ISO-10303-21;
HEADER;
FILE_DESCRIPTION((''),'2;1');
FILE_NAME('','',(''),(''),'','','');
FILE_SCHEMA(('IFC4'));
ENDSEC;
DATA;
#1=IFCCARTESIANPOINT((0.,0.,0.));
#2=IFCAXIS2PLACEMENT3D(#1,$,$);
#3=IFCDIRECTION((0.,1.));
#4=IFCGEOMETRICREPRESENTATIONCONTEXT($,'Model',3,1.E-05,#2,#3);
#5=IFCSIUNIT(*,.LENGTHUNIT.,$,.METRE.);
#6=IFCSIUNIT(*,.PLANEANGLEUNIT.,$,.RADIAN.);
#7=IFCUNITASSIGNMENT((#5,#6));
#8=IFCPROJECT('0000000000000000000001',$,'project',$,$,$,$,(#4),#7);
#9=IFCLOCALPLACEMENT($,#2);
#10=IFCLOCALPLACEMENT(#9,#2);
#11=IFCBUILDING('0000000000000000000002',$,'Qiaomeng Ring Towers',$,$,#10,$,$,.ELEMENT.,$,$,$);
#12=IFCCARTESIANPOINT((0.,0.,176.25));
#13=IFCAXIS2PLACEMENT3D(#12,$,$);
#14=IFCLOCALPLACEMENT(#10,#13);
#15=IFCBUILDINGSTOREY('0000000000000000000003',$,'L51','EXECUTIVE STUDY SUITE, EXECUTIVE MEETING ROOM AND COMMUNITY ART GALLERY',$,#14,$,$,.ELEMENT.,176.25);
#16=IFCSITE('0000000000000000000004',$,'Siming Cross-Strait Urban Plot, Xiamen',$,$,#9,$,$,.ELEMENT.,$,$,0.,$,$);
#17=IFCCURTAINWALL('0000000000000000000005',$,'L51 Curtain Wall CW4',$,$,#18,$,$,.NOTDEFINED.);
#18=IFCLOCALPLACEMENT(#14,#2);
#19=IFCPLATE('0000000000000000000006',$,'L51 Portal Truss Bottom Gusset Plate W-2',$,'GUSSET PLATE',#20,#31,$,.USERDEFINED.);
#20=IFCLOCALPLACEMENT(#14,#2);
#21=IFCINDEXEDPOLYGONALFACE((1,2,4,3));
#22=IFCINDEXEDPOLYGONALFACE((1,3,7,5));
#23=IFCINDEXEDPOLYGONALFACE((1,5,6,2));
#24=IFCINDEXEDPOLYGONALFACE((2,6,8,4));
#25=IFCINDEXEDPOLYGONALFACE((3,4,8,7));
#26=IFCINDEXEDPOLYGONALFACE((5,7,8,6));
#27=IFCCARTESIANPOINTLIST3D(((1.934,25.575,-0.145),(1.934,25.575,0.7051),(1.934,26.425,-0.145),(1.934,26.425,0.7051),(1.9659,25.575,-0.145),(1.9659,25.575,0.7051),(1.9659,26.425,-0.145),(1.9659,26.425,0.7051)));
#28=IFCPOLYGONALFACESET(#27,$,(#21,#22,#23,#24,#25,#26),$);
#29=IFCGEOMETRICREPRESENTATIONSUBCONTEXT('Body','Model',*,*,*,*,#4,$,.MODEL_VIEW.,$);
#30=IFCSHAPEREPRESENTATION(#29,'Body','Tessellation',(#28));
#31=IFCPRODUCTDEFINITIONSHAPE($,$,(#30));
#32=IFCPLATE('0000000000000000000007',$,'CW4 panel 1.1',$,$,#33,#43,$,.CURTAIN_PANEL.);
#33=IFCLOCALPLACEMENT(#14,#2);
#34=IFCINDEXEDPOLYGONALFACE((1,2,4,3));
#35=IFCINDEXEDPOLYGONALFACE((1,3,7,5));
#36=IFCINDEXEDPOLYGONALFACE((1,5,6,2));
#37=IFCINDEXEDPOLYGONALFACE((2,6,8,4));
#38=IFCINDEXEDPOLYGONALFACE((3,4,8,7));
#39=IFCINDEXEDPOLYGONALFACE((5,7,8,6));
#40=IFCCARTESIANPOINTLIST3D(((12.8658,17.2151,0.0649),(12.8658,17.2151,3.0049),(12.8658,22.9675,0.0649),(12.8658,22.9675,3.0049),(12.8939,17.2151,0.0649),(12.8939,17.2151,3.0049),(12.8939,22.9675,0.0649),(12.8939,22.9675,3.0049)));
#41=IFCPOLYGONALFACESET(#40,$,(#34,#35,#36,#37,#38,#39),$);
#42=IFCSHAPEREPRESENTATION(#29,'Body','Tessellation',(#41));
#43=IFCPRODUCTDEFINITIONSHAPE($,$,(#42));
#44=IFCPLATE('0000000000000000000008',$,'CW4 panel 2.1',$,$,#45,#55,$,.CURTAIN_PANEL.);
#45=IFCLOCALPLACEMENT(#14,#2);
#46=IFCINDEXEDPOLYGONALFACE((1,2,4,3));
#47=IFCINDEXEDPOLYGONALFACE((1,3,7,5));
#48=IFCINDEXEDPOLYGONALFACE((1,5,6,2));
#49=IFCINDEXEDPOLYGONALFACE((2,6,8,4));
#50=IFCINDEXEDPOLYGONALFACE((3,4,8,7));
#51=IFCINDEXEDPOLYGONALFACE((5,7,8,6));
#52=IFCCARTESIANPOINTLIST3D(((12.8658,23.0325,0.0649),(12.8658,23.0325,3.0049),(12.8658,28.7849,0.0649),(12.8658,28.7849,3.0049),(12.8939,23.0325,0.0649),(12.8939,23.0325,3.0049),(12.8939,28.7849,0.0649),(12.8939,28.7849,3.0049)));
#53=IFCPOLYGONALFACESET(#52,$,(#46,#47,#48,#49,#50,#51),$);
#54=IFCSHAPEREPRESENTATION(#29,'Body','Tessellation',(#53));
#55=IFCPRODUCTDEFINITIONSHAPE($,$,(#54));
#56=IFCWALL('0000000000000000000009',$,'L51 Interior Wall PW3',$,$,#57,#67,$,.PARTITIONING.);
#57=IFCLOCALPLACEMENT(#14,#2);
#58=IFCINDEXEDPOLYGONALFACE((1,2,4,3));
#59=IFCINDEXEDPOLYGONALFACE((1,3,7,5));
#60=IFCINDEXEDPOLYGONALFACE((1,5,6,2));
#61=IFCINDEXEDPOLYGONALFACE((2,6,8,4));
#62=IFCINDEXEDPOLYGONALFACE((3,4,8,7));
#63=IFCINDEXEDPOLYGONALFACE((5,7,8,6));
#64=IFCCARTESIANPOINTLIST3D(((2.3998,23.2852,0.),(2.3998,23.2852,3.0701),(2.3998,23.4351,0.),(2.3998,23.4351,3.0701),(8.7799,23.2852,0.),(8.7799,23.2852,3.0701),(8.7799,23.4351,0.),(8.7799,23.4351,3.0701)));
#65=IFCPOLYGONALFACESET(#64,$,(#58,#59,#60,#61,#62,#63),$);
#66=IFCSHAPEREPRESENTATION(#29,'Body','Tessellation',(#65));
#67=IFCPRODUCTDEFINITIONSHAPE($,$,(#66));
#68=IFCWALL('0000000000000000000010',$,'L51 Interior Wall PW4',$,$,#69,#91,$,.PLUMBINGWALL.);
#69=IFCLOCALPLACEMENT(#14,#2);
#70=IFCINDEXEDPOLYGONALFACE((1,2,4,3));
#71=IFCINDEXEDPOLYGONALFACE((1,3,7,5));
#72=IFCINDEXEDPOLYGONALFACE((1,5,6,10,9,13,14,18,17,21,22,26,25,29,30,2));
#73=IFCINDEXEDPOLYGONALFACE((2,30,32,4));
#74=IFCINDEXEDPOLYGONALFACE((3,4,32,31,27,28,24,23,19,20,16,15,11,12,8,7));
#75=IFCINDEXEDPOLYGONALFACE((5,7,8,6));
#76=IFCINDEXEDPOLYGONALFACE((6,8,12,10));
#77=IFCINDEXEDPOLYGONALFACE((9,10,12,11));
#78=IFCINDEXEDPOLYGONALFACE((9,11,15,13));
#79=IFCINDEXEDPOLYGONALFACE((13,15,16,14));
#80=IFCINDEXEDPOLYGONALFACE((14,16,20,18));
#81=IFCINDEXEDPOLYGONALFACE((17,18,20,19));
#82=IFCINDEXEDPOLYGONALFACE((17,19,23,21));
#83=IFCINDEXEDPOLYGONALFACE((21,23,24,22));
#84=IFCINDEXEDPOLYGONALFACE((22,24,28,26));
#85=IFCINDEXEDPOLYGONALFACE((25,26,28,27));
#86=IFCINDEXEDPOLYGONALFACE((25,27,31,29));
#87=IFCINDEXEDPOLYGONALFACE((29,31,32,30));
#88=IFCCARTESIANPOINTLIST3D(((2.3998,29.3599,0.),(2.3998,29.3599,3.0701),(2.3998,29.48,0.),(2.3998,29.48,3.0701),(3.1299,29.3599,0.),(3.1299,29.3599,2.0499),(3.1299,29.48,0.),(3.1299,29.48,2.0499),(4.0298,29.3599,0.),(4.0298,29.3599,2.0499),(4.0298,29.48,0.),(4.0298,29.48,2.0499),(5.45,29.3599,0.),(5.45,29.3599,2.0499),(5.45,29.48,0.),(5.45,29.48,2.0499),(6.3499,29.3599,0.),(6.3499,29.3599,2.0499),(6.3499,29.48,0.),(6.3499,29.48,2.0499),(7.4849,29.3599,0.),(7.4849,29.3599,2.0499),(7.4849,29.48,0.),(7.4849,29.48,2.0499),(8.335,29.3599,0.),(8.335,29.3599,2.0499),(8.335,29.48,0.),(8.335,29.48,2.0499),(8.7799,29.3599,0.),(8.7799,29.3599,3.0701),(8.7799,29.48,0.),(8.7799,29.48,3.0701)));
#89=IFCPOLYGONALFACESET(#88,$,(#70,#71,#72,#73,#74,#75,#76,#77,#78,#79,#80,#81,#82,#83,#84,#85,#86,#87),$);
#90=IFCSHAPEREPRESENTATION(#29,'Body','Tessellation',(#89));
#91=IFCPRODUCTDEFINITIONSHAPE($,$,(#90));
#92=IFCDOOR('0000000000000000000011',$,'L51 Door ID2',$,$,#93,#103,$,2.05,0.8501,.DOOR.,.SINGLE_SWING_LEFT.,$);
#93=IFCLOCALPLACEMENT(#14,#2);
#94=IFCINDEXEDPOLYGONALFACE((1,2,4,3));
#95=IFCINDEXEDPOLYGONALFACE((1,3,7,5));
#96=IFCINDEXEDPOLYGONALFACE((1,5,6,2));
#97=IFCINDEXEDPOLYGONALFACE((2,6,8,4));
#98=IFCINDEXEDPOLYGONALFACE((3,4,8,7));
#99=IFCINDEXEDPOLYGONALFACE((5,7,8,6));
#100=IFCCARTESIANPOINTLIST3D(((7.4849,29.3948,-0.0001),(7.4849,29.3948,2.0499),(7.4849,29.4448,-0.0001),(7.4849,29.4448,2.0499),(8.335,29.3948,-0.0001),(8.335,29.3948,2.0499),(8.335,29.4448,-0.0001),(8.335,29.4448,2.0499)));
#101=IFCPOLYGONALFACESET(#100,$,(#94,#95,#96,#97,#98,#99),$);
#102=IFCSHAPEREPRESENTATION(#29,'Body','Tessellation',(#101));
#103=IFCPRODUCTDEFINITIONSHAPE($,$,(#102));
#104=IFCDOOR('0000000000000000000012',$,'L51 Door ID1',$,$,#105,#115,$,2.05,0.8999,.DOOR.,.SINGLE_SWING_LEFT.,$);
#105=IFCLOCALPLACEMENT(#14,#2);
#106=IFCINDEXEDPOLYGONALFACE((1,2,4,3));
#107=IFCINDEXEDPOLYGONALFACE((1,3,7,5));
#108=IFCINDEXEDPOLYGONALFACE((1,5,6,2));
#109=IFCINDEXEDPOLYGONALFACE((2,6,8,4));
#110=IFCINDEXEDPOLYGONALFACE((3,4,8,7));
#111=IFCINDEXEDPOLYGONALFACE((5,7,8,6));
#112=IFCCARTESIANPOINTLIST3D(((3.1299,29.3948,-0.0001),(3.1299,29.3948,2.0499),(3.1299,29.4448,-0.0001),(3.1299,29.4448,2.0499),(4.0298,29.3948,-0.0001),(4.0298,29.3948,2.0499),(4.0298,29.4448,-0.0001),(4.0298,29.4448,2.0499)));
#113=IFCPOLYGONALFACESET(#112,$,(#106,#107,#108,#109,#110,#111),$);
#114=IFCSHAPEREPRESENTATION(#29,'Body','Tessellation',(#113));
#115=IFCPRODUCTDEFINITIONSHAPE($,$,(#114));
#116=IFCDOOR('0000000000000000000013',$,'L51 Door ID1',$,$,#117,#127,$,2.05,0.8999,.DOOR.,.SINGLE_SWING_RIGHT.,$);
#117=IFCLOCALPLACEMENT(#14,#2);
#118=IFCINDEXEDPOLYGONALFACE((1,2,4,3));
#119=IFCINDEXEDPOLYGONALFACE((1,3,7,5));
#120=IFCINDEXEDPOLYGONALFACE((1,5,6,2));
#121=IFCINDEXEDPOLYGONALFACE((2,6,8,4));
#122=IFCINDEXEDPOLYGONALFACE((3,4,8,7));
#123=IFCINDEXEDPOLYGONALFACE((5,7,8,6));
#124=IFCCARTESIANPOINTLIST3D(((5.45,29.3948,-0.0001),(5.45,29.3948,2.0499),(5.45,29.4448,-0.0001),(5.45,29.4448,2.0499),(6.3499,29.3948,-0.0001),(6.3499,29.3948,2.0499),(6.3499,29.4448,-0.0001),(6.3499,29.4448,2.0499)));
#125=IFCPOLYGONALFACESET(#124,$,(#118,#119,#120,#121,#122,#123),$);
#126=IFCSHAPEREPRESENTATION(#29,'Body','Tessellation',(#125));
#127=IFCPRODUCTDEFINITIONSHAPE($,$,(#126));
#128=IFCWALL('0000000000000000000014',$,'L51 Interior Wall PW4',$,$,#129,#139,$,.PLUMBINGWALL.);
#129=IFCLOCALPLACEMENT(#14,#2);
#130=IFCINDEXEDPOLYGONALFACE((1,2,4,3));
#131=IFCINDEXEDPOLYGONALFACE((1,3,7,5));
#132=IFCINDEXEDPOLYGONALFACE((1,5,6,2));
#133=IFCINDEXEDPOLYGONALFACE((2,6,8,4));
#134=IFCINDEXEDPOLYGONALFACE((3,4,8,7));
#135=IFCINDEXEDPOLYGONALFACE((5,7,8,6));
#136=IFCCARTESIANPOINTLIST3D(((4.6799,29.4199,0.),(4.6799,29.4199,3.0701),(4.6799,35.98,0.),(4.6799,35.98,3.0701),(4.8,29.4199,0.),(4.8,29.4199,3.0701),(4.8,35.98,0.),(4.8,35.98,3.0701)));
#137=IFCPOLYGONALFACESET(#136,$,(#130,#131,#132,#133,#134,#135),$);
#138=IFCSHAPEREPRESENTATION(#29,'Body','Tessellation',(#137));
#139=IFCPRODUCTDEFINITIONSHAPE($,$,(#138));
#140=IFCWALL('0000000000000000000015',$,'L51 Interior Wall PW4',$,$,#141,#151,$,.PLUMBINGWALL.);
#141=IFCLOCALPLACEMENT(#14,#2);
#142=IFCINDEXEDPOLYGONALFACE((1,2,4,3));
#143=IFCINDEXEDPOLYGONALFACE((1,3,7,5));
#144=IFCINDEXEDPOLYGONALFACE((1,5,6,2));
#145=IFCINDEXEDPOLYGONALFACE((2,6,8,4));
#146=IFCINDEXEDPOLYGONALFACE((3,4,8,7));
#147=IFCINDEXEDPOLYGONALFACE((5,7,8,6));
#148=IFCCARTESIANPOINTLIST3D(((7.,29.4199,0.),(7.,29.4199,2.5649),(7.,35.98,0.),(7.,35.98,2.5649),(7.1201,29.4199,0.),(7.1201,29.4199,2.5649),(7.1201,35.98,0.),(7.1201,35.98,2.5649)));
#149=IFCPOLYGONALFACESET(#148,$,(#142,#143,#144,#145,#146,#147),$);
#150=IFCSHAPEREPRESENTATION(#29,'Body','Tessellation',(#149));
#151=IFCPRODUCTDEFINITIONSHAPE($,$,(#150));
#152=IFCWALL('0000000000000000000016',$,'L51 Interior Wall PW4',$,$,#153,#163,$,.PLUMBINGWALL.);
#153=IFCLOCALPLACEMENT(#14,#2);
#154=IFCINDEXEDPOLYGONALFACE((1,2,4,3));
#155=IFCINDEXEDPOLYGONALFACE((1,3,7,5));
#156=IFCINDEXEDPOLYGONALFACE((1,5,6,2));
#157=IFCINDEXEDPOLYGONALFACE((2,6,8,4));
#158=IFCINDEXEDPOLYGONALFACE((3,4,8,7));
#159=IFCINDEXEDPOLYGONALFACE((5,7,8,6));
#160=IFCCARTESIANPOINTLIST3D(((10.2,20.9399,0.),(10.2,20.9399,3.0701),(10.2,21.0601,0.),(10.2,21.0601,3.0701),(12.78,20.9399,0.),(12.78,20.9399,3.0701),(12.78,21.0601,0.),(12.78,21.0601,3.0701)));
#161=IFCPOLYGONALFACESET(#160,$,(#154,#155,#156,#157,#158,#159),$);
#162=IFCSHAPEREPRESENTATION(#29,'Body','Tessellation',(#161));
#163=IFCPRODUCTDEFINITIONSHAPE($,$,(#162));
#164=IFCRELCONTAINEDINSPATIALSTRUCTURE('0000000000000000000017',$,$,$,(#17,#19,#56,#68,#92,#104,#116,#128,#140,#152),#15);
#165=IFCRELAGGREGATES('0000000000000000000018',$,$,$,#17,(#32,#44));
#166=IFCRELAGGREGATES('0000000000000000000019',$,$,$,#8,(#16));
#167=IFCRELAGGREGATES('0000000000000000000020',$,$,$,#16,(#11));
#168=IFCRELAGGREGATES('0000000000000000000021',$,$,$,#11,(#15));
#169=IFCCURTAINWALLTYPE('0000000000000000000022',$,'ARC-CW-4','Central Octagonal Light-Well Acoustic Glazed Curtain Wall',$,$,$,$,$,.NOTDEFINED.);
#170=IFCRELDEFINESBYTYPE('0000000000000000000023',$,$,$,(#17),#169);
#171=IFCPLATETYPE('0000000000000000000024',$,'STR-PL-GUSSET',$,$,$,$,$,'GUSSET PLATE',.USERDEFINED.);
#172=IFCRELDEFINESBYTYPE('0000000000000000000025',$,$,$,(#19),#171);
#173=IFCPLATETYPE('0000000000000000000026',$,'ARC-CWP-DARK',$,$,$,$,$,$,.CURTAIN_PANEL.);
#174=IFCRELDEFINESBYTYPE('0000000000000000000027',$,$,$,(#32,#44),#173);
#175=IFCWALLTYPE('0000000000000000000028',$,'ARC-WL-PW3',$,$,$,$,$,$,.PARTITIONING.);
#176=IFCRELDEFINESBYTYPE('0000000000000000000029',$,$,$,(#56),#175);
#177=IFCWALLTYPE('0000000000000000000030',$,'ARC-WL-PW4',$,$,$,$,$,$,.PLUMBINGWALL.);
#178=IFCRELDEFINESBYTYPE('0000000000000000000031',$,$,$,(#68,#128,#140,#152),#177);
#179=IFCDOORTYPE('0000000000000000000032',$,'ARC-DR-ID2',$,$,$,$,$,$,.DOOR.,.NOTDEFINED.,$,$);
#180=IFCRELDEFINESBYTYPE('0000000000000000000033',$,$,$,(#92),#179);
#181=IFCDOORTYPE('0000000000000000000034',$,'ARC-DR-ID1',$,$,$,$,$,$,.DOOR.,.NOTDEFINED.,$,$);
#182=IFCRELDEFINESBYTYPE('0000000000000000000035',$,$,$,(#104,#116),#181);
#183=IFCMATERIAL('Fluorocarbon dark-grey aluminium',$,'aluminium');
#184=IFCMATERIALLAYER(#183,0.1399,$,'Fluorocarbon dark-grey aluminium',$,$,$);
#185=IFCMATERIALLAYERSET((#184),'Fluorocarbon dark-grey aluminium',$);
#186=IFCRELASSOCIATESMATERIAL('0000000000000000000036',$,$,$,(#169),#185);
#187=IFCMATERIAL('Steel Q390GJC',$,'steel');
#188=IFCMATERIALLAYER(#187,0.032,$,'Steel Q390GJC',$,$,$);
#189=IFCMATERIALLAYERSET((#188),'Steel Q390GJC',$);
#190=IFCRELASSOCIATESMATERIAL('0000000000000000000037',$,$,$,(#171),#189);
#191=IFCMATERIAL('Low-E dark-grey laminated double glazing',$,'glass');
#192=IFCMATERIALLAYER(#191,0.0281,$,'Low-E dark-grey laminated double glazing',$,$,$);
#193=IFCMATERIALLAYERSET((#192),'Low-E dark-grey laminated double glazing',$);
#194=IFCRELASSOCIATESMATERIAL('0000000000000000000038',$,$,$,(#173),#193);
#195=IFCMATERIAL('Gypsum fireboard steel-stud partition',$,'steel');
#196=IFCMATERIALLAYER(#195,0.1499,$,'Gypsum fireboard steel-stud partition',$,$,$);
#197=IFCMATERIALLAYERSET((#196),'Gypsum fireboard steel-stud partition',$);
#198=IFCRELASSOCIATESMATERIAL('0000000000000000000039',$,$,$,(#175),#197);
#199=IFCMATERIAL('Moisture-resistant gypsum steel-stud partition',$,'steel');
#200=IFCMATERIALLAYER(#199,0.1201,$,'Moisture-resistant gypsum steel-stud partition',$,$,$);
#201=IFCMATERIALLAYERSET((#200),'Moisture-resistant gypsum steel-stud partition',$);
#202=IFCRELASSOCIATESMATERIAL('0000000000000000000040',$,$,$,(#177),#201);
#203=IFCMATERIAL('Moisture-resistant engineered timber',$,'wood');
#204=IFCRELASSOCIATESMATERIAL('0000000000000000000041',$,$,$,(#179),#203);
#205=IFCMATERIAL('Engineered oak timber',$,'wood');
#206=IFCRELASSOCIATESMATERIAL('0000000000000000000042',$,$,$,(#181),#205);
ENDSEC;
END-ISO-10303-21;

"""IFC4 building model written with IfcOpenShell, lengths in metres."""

from ifc_helpers import new_model, si_unit, direction, frame, frame_2d, origin, origin_2d, place, context, subcontext, project, spatial, rectangle, extrude, source, transform, mapped, material, layer, layer_set, type_object, element, fill, aggregate, save


model = new_model("IFC4")

# Units and contexts
model_context = context("Model", 3, precision=1e-05, world=origin(), true_north=direction((0.0, 1.0)))
body_context = subcontext(model_context, "Body", "Model", "MODEL_VIEW")
ifc_project = project(units=[si_unit("LENGTHUNIT", "METRE"), si_unit("PLANEANGLEUNIT", "RADIAN")], contexts=[model_context])

# Site, building, storey
site_placement = place(None, origin())
site = spatial("IfcSite", under=ifc_project, at=site_placement, Name="Siming Cross-Strait Urban Plot, Xiamen", CompositionType="ELEMENT", RefElevation=0.0)
building_placement = place(site_placement, origin())
building = spatial("IfcBuilding", under=site, at=building_placement, Name="Qiaomeng Ring Towers", CompositionType="ELEMENT")
storey_placement = place(building_placement, frame((0.0, 0.0, 176.25)))
storey = spatial("IfcBuildingStorey", under=building, at=storey_placement, Name="L51", Description="EXECUTIVE STUDY SUITE, EXECUTIVE MEETING ROOM AND COMMUNITY ART GALLERY", CompositionType="ELEMENT", Elevation=176.25)

# Shared definitions
ifc_material_1 = material(Name="Steel Q390GJC", Category="steel")

# Curtain wall
ifc_material_2 = material(Name="Fluorocarbon dark-grey aluminium", Category="aluminium")
ifc_layer_1 = layer(ifc_material_2, 0.1399, Name="Fluorocarbon dark-grey aluminium")
ifc_layer_set_1 = layer_set([ifc_layer_1], Name="Fluorocarbon dark-grey aluminium")
curtain_wall_type = type_object("IfcCurtainWallType", Name="ARC-CW-4", Description="Central Octagonal Light-Well Acoustic Glazed Curtain Wall", PredefinedType="NOTDEFINED", material=ifc_layer_set_1)
curtain_wall_placement = place(storey_placement, origin())
curtain_wall = element("IfcCurtainWall", 1, at=curtain_wall_placement, inside=storey, type_object=curtain_wall_type, Name="L51 Curtain Wall CW4", PredefinedType="NOTDEFINED")

# Plate
ifc_layer_2 = layer(ifc_material_1, 0.032, Name="Steel Q390GJC")
ifc_layer_set_2 = layer_set([ifc_layer_2], Name="Steel Q390GJC")
plate_type_1 = type_object("IfcPlateType", Name="STR-PL-GUSSET", ElementType="GUSSET PLATE", PredefinedType="USERDEFINED", material=ifc_layer_set_2)
shared_shape_1 = source(origin(), body_context, "Body", "SweptSolid", [
    extrude(rectangle(XDim=0.032, YDim=0.8501, at=origin_2d()), origin(), (0.0, 0.0, 1.0), 0.8501),
])
for number, where, z_axis, x_axis, name in (
    (2, (1.95, 26.0, -0.145), (0.0, 0.0, 1.0), (1.0, 0.0, 0.0), "L51 Portal Truss Bottom Gusset Plate W-2"),
):
    element("IfcPlate", number, at=place(storey_placement, frame(where, z_axis=z_axis, x_axis=x_axis)), inside=storey, type_object=plate_type_1, Name=name, ObjectType="GUSSET PLATE", PredefinedType="USERDEFINED", context=body_context, shape_type="MappedRepresentation", body=[
        mapped(shared_shape_1, transform((0.0, 0.0, 0.0), x_axis=(1.0, 0.0, 0.0), y_axis=(0.0, 1.0, 0.0), z_axis=(0.0, 0.0, 1.0), scale=1.0)),
    ])

# Plates
ifc_material_3 = material(Name="Low-E dark-grey laminated double glazing", Category="glass")
ifc_layer_3 = layer(ifc_material_3, 0.0281, Name="Low-E dark-grey laminated double glazing")
ifc_layer_set_3 = layer_set([ifc_layer_3], Name="Low-E dark-grey laminated double glazing")
plate_type_2 = type_object("IfcPlateType", Name="ARC-CWP-DARK", PredefinedType="CURTAIN_PANEL", material=ifc_layer_set_3)
shared_shape_2 = source(origin(), body_context, "Body", "SweptSolid", [
    extrude(rectangle(XDim=5.7524, YDim=0.0281, at=origin_2d()), origin(), (0.0, 0.0, 1.0), 2.9399),
])
plate_1_placement = place(storey_placement, frame((12.8799, 20.0913, 0.0649), z_axis=(0.0, 0.0, 1.0), x_axis=(0.0, 1.0, 0.0)))
plate_1 = element("IfcPlate", 3, at=plate_1_placement, type_object=plate_type_2, Name="CW4 panel 1.1", PredefinedType="CURTAIN_PANEL", context=body_context, shape_type="MappedRepresentation", body=[
    mapped(shared_shape_2, transform((0.0, 0.0, 0.0), x_axis=(1.0, 0.0, 0.0), y_axis=(0.0, 1.0, 0.0), z_axis=(0.0, 0.0, 1.0), scale=1.0)),
])
plate_2_placement = place(storey_placement, frame((12.8799, 25.9087, 0.0649), z_axis=(0.0, 0.0, 1.0), x_axis=(0.0, 1.0, 0.0)))
plate_2 = element("IfcPlate", 4, at=plate_2_placement, type_object=plate_type_2, Name="CW4 panel 2.1", PredefinedType="CURTAIN_PANEL", context=body_context, shape_type="MappedRepresentation", body=[
    mapped(shared_shape_2, transform((0.0, 0.0, 0.0), x_axis=(1.0, 0.0, 0.0), y_axis=(0.0, 1.0, 0.0), z_axis=(0.0, 0.0, 1.0), scale=1.0)),
])
aggregate(curtain_wall, [plate_1, plate_2])

# Wall
ifc_material_4 = material(Name="Gypsum fireboard steel-stud partition", Category="steel")
ifc_layer_4 = layer(ifc_material_4, 0.1499, Name="Gypsum fireboard steel-stud partition")
ifc_layer_set_4 = layer_set([ifc_layer_4], Name="Gypsum fireboard steel-stud partition")
wall_type_1 = type_object("IfcWallType", Name="ARC-WL-PW3", PredefinedType="PARTITIONING", material=ifc_layer_set_4)
wall_1_placement = place(storey_placement, frame((2.3999, 23.3601, 0.0), z_axis=(0.0, 0.0, 1.0), x_axis=(1.0, 0.0, 0.0)))
element("IfcWall", 5, at=wall_1_placement, inside=storey, type_object=wall_type_1, Name="L51 Interior Wall PW3", PredefinedType="PARTITIONING", context=body_context, shape_type="SweptSolid", body=[
    extrude(rectangle(XDim=6.3801, YDim=0.1499, at=frame_2d((3.1899, 0.0))), origin(), (0.0, 0.0, 1.0), 3.0701),
])

# Wall, openings, doors
ifc_material_5 = material(Name="Moisture-resistant gypsum steel-stud partition", Category="steel")
ifc_layer_5 = layer(ifc_material_5, 0.1201, Name="Moisture-resistant gypsum steel-stud partition")
ifc_layer_set_5 = layer_set([ifc_layer_5], Name="Moisture-resistant gypsum steel-stud partition")
wall_type_2 = type_object("IfcWallType", Name="ARC-WL-PW4", PredefinedType="PLUMBINGWALL", material=ifc_layer_set_5)
wall_2_placement = place(storey_placement, frame((2.3999, 29.4199, 0.0), z_axis=(0.0, 0.0, 1.0), x_axis=(1.0, 0.0, 0.0)))
wall_2 = element("IfcWall", 6, at=wall_2_placement, inside=storey, type_object=wall_type_2, Name="L51 Interior Wall PW4", PredefinedType="PLUMBINGWALL", context=body_context, shape_type="SweptSolid", body=[
    extrude(rectangle(XDim=6.3801, YDim=0.1201, at=frame_2d((3.1899, 0.0))), origin(), (0.0, 0.0, 1.0), 3.0701),
])
opening_1_placement = place(wall_2_placement, frame((0.73, 0.0, 0.0)))
opening_1 = element("IfcOpeningElement", 7, at=opening_1_placement, cuts=wall_2, PredefinedType="OPENING", context=body_context, shape_type="SweptSolid", body=[
    extrude(rectangle(XDim=0.8999, YDim=2.05, at=frame_2d((0.45, 1.0249))), frame((0.0, 0.0701, 0.0), z_axis=(0.0, -1.0, 0.0), x_axis=(1.0, 0.0, 0.0)), (0.0, 0.0, 1.0), 0.1401),
])
opening_2_placement = place(wall_2_placement, frame((3.05, 0.0, 0.0)))
opening_2 = element("IfcOpeningElement", 8, at=opening_2_placement, cuts=wall_2, PredefinedType="OPENING", context=body_context, shape_type="SweptSolid", body=[
    extrude(rectangle(XDim=0.8999, YDim=2.05, at=frame_2d((0.45, 1.0249))), frame((0.0, 0.0701, 0.0), z_axis=(0.0, -1.0, 0.0), x_axis=(1.0, 0.0, 0.0)), (0.0, 0.0, 1.0), 0.1401),
])
opening_3_placement = place(wall_2_placement, frame((5.085, 0.0, 0.0)))
opening_3 = element("IfcOpeningElement", 9, at=opening_3_placement, cuts=wall_2, PredefinedType="OPENING", context=body_context, shape_type="SweptSolid", body=[
    extrude(rectangle(XDim=0.8501, YDim=2.05, at=frame_2d((0.425, 1.0249))), frame((0.0, 0.0701, 0.0), z_axis=(0.0, -1.0, 0.0), x_axis=(1.0, 0.0, 0.0)), (0.0, 0.0, 1.0), 0.1401),
])
ifc_material_6 = material(Name="Moisture-resistant engineered timber", Category="wood")
door_type_1 = type_object("IfcDoorType", Name="ARC-DR-ID2", OperationType="NOTDEFINED", PredefinedType="DOOR", material=ifc_material_6)
shared_shape_3 = source(origin(), body_context, "Body", "SweptSolid", [
    extrude(rectangle(XDim=0.8501, YDim=2.05, at=frame_2d((0.425, 1.0249))), frame((0.0, 0.0249, 0.0), z_axis=(0.0, -1.0, 0.0), x_axis=(1.0, 0.0, 0.0)), (0.0, 0.0, 1.0), 0.05),
])
door_1_placement = place(opening_3_placement, origin())
door_1 = element("IfcDoor", 10, at=door_1_placement, inside=storey, type_object=door_type_1, Name="L51 Door ID2", OperationType="SINGLE_SWING_LEFT", OverallHeight=2.05, OverallWidth=0.8501, PredefinedType="DOOR", context=body_context, shape_type="MappedRepresentation", body=[
    mapped(shared_shape_3, transform((0.0, 0.0, 0.0), x_axis=(1.0, 0.0, 0.0), y_axis=(0.0, 1.0, 0.0), z_axis=(0.0, 0.0, 1.0), scale=1.0)),
])
fill(opening_3, door_1)
ifc_material_7 = material(Name="Engineered oak timber", Category="wood")
door_type_2 = type_object("IfcDoorType", Name="ARC-DR-ID1", OperationType="NOTDEFINED", PredefinedType="DOOR", material=ifc_material_7)
shared_shape_4 = source(origin(), body_context, "Body", "SweptSolid", [
    extrude(rectangle(XDim=0.8999, YDim=2.05, at=frame_2d((0.45, 1.0249))), frame((0.0, 0.0249, 0.0), z_axis=(0.0, -1.0, 0.0), x_axis=(1.0, 0.0, 0.0)), (0.0, 0.0, 1.0), 0.05),
])
door_2_placement = place(opening_1_placement, origin())
door_2 = element("IfcDoor", 11, at=door_2_placement, inside=storey, type_object=door_type_2, Name="L51 Door ID1", OperationType="SINGLE_SWING_LEFT", OverallHeight=2.05, OverallWidth=0.8999, PredefinedType="DOOR", context=body_context, shape_type="MappedRepresentation", body=[
    mapped(shared_shape_4, transform((0.0, 0.0, 0.0), x_axis=(1.0, 0.0, 0.0), y_axis=(0.0, 1.0, 0.0), z_axis=(0.0, 0.0, 1.0), scale=1.0)),
])
fill(opening_1, door_2)
door_3_placement = place(opening_2_placement, origin())
door_3 = element("IfcDoor", 12, at=door_3_placement, inside=storey, type_object=door_type_2, Name="L51 Door ID1", OperationType="SINGLE_SWING_RIGHT", OverallHeight=2.05, OverallWidth=0.8999, PredefinedType="DOOR", context=body_context, shape_type="MappedRepresentation", body=[
    mapped(shared_shape_4, transform((0.0, 0.0, 0.0), x_axis=(1.0, 0.0, 0.0), y_axis=(0.0, 1.0, 0.0), z_axis=(0.0, 0.0, 1.0), scale=1.0)),
])
fill(opening_2, door_3)

# Walls
wall_3_placement = place(storey_placement, frame((4.74, 29.4199, 0.0), z_axis=(0.0, 0.0, 1.0), x_axis=(0.0, 1.0, 0.0)))
element("IfcWall", 13, at=wall_3_placement, inside=storey, type_object=wall_type_2, Name="L51 Interior Wall PW4", PredefinedType="PLUMBINGWALL", context=body_context, shape_type="SweptSolid", body=[
    extrude(rectangle(XDim=6.5601, YDim=0.1201, at=frame_2d((3.28, 0.0))), origin(), (0.0, 0.0, 1.0), 3.0701),
])
wall_4_placement = place(storey_placement, frame((7.0601, 29.4199, 0.0), z_axis=(0.0, 0.0, 1.0), x_axis=(0.0, 1.0, 0.0)))
element("IfcWall", 14, at=wall_4_placement, inside=storey, type_object=wall_type_2, Name="L51 Interior Wall PW4", PredefinedType="PLUMBINGWALL", context=body_context, shape_type="SweptSolid", body=[
    extrude(rectangle(XDim=6.5601, YDim=0.1201, at=frame_2d((3.28, 0.0))), origin(), (0.0, 0.0, 1.0), 2.5649),
])
wall_5_placement = place(storey_placement, frame((10.2, 21.0, 0.0), z_axis=(0.0, 0.0, 1.0), x_axis=(1.0, 0.0, 0.0)))
element("IfcWall", 15, at=wall_5_placement, inside=storey, type_object=wall_type_2, Name="L51 Interior Wall PW4", PredefinedType="PLUMBINGWALL", context=body_context, shape_type="SweptSolid", body=[
    extrude(rectangle(XDim=2.5801, YDim=0.1201, at=frame_2d((1.29, 0.0))), origin(), (0.0, 0.0, 1.0), 3.0701),
])

save(model, "model.ifc")
